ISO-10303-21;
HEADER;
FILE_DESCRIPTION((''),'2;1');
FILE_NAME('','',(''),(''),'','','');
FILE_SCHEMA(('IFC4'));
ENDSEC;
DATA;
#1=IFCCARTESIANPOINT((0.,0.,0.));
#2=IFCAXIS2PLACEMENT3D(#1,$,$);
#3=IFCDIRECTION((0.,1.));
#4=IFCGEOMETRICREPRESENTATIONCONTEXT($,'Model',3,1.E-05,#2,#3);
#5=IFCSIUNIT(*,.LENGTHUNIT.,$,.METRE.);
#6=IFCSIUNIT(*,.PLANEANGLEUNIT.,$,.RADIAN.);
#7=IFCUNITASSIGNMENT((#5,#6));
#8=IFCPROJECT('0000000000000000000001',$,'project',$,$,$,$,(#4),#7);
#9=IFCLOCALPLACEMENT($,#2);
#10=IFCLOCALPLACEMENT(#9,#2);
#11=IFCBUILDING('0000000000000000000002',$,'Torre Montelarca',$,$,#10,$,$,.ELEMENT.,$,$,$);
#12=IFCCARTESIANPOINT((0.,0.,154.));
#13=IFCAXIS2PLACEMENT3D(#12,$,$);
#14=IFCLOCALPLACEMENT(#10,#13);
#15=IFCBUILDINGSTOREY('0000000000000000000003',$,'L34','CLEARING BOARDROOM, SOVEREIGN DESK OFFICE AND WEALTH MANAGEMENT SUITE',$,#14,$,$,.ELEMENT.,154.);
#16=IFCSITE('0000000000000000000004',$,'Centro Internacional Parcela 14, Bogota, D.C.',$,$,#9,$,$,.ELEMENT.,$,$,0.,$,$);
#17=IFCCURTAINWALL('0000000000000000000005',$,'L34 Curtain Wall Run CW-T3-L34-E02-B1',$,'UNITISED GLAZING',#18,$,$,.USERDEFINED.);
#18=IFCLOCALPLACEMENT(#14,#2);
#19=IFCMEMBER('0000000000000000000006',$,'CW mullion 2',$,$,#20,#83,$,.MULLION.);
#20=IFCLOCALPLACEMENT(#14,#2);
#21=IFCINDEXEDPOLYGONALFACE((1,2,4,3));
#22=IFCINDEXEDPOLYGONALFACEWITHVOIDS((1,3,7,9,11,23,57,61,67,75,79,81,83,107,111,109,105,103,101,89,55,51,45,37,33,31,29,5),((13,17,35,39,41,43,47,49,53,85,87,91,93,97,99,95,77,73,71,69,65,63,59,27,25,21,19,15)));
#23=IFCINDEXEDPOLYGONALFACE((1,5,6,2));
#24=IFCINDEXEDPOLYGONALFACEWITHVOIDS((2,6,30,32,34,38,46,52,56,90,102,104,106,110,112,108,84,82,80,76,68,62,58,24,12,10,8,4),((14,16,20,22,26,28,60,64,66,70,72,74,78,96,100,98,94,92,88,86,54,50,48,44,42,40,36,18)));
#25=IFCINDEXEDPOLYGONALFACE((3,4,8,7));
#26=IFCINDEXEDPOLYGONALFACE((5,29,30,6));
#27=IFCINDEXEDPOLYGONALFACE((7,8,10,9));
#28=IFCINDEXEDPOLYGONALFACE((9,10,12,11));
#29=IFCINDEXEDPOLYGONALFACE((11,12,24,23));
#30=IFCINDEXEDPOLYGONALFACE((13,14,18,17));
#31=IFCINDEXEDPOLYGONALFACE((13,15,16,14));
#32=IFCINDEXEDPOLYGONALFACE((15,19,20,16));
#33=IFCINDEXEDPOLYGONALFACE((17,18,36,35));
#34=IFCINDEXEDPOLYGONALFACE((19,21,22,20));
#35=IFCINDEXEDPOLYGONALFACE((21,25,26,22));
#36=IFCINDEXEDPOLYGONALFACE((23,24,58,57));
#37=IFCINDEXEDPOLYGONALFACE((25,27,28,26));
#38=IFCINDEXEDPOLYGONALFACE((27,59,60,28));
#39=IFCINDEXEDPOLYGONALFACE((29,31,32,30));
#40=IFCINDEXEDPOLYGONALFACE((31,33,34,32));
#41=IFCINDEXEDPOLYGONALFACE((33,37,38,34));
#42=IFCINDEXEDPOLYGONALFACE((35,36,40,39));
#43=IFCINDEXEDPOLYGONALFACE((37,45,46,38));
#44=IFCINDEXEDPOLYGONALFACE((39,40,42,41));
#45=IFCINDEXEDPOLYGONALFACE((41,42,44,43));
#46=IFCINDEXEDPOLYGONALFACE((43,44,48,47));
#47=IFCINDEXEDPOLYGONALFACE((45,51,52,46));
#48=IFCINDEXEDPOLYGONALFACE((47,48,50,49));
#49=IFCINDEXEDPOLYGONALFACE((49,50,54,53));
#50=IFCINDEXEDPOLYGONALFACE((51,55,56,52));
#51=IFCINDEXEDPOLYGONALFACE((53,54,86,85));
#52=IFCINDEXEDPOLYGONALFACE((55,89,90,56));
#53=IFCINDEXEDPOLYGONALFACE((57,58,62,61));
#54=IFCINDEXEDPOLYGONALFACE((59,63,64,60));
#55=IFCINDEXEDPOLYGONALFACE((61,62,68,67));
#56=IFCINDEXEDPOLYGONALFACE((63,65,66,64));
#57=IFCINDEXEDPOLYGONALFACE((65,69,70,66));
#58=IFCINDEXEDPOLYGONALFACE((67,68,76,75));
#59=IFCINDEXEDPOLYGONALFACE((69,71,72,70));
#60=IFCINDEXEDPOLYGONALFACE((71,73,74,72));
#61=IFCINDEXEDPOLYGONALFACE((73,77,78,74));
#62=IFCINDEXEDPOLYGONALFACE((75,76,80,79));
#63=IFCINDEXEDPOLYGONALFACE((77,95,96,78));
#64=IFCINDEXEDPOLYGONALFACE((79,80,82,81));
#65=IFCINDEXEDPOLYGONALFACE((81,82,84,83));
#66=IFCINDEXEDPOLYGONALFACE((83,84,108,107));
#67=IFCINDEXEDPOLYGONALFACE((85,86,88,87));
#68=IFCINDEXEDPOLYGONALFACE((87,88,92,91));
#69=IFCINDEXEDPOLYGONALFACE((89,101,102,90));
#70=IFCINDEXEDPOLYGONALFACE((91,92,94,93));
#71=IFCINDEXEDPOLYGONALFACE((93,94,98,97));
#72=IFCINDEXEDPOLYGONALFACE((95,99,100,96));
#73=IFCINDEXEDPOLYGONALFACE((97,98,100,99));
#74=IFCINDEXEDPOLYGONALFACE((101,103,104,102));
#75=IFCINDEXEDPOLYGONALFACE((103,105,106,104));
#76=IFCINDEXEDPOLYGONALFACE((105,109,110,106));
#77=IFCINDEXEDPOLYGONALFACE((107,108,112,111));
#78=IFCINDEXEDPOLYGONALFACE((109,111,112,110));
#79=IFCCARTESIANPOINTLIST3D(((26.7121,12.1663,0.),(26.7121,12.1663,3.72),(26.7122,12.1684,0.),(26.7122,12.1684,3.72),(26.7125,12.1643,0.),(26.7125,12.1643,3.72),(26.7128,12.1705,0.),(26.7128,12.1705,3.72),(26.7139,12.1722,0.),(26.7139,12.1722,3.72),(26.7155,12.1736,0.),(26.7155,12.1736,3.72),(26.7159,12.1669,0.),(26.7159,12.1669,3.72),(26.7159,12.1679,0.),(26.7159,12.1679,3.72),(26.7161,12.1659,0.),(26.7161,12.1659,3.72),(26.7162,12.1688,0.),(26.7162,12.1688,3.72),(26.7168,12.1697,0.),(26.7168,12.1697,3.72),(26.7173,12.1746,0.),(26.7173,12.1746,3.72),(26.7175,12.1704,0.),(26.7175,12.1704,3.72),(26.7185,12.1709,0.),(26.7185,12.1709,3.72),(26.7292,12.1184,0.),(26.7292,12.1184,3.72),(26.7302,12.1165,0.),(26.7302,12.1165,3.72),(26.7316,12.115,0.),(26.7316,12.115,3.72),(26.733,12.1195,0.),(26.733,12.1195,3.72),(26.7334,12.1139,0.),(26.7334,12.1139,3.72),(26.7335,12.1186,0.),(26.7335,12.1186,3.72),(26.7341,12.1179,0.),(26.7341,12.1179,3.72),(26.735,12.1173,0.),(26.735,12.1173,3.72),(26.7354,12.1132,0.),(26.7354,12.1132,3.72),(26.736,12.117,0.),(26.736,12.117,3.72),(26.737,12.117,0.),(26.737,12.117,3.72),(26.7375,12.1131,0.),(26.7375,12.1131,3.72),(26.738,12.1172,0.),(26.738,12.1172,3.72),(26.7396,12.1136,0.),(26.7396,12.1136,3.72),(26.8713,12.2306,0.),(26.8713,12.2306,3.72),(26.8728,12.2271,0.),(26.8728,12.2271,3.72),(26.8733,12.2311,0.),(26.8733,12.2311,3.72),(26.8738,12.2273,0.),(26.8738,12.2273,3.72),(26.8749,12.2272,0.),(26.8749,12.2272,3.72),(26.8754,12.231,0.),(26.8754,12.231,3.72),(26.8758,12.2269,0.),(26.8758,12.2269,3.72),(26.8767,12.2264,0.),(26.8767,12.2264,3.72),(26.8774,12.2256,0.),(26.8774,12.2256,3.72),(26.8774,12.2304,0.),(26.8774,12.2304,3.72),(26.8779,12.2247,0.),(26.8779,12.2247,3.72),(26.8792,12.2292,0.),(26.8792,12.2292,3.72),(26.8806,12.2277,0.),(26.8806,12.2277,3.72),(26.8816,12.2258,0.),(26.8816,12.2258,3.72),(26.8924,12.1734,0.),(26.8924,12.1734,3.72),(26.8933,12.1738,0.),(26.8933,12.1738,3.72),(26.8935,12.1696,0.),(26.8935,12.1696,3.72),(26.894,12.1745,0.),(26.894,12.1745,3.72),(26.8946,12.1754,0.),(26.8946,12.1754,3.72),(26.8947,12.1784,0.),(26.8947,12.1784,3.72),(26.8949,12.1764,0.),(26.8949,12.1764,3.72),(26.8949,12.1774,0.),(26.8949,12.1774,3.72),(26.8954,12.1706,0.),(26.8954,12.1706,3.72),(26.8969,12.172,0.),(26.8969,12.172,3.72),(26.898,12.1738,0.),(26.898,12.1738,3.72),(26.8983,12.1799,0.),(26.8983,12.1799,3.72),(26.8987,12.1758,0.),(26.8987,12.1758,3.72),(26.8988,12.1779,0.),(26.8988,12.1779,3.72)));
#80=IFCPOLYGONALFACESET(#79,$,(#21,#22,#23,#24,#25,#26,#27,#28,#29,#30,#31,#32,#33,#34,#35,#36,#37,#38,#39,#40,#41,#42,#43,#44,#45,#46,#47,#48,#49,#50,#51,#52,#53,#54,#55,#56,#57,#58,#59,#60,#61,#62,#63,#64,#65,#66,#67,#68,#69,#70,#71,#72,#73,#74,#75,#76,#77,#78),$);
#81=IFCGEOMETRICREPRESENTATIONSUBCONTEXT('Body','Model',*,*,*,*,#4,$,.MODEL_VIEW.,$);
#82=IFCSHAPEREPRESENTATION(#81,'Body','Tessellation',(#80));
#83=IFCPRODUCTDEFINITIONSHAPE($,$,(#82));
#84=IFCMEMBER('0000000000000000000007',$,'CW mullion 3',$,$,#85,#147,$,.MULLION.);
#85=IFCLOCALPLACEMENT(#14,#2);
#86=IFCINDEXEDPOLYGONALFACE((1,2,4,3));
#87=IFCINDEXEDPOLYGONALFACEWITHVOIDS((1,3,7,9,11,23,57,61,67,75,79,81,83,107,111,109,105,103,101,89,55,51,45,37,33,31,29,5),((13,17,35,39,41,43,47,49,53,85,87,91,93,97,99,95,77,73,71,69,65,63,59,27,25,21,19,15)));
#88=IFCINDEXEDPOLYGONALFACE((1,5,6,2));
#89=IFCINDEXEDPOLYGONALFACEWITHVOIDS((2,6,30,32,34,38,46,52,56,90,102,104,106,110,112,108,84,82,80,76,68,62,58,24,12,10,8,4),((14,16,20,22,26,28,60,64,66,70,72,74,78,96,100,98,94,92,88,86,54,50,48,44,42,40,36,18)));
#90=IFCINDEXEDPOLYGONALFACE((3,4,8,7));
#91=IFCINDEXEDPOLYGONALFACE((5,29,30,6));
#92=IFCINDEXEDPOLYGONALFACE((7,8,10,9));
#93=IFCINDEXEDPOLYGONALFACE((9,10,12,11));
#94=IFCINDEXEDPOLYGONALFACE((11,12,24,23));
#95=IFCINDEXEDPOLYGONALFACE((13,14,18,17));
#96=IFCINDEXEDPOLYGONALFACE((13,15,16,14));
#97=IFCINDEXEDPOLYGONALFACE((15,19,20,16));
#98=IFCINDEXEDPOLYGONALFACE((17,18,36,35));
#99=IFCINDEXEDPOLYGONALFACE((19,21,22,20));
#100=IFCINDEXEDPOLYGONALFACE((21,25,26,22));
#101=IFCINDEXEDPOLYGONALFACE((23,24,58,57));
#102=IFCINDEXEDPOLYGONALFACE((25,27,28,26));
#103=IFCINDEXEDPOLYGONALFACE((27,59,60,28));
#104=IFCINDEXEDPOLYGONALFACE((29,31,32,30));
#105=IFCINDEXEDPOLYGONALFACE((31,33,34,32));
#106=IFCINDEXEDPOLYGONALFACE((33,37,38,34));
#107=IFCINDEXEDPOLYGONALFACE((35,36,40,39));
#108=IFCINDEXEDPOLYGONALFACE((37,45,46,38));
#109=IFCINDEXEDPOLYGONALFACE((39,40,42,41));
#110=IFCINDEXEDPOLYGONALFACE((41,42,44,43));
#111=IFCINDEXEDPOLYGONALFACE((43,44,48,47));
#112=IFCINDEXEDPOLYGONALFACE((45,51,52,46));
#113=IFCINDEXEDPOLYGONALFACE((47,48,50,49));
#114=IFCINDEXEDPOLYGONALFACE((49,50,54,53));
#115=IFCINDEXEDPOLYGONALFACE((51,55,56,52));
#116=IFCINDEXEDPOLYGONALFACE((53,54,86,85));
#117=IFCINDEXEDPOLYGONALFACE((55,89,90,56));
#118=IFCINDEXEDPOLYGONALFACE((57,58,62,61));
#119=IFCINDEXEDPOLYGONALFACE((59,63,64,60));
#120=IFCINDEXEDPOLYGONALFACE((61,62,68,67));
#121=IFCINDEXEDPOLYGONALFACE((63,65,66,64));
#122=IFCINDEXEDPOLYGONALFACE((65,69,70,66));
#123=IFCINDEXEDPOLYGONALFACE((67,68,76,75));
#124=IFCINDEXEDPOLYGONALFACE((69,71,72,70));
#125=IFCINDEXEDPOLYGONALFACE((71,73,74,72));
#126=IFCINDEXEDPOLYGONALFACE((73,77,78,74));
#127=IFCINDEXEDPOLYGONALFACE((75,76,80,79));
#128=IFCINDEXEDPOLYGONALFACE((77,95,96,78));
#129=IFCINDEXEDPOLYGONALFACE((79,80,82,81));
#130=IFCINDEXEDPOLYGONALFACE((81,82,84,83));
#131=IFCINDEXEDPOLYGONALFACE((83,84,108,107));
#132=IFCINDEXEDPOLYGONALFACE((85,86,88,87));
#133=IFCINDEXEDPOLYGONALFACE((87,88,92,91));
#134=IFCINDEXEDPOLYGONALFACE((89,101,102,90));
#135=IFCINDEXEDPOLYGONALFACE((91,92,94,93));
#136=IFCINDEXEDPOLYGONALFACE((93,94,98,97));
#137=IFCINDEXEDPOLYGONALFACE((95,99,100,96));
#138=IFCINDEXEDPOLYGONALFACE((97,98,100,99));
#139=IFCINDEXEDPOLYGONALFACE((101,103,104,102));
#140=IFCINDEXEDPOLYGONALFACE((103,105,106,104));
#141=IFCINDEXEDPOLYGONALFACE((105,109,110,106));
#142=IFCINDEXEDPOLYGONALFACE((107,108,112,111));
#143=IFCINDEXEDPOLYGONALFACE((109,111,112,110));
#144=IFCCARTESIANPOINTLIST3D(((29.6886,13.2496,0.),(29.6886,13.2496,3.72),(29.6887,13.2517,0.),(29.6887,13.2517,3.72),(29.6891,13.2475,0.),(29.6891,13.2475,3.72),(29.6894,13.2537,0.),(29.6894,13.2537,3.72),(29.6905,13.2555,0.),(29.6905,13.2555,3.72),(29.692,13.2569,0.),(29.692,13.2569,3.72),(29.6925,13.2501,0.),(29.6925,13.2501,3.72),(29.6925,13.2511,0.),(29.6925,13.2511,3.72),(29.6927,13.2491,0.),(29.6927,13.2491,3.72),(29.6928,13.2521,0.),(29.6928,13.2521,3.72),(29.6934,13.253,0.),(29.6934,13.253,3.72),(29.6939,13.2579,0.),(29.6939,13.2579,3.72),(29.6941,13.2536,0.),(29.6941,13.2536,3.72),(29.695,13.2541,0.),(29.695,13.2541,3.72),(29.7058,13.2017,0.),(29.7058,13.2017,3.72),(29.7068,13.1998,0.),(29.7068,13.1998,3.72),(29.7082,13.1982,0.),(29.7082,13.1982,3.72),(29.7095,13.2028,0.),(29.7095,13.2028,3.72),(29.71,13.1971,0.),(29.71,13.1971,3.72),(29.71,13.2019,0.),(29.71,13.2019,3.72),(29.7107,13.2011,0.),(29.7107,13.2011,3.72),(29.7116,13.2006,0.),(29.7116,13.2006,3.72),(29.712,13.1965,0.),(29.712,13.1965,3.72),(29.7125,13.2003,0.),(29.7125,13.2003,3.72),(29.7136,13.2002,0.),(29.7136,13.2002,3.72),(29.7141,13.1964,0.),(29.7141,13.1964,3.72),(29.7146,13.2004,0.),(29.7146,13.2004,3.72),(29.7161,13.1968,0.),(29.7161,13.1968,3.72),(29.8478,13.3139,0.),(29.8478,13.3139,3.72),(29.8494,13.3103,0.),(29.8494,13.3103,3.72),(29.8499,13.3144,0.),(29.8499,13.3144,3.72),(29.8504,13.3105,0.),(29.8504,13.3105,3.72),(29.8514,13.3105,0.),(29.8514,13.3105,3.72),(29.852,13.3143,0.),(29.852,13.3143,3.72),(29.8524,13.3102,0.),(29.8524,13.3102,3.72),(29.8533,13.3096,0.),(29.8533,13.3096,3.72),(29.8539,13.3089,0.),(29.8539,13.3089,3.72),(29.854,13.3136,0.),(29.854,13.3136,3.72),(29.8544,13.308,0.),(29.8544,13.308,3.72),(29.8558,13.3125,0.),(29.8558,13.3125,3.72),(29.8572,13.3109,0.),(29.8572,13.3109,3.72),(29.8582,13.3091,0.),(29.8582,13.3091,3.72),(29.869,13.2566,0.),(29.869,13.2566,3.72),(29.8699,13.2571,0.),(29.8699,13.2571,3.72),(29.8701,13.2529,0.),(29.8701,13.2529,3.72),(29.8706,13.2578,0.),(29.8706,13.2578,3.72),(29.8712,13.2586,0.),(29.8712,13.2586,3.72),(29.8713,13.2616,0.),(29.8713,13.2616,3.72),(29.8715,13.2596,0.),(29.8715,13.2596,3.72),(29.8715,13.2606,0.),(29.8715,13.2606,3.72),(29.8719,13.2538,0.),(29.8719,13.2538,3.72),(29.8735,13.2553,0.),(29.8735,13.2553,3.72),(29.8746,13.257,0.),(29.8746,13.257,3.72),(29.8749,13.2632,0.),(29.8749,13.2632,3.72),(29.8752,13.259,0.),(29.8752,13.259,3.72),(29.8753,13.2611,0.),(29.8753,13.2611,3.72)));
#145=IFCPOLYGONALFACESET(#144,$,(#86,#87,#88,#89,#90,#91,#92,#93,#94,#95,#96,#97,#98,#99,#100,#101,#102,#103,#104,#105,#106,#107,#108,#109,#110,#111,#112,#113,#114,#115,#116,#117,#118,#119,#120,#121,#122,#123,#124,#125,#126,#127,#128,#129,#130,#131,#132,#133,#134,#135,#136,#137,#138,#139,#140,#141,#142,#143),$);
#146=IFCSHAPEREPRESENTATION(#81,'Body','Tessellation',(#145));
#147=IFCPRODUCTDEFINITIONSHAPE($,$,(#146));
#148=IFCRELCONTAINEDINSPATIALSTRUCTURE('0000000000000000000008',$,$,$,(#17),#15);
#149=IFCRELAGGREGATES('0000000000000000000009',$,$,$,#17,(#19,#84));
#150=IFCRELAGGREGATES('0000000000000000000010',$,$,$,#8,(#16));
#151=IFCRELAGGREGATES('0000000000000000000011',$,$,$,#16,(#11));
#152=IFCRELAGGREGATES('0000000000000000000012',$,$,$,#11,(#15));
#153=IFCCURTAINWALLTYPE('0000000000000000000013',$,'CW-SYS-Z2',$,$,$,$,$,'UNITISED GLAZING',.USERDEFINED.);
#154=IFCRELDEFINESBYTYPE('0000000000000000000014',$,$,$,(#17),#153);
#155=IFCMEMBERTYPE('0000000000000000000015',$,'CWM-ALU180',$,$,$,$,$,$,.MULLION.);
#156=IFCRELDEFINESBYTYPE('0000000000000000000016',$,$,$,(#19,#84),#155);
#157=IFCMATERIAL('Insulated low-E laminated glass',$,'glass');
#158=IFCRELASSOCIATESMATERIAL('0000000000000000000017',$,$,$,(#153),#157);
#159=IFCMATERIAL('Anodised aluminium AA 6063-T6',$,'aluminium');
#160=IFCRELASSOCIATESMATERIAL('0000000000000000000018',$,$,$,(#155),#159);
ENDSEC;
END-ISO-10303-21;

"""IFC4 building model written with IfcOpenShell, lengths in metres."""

from ifc_helpers import new_model, si_unit, direction, frame, origin, origin_2d, place, context, subcontext, project, spatial, hollow_rectangle, extrude, source, transform, mapped, material, material_profile, profile_set, type_object, element, aggregate, save


model = new_model("IFC4")

# Units and contexts
model_context = context("Model", 3, precision=1e-05, world=origin(), true_north=direction((0.0, 1.0)))
body_context = subcontext(model_context, "Body", "Model", "MODEL_VIEW")
ifc_project = project(units=[si_unit("LENGTHUNIT", "METRE"), si_unit("PLANEANGLEUNIT", "RADIAN")], contexts=[model_context])

# Site, building, storey
site_placement = place(None, origin())
site = spatial("IfcSite", under=ifc_project, at=site_placement, Name="Centro Internacional Parcela 14, Bogota, D.C.", CompositionType="ELEMENT", RefElevation=0.0)
building_placement = place(site_placement, origin())
building = spatial("IfcBuilding", under=site, at=building_placement, Name="Torre Montelarca", CompositionType="ELEMENT")
storey_placement = place(building_placement, frame((0.0, 0.0, 154.0)))
storey = spatial("IfcBuildingStorey", under=building, at=storey_placement, Name="L34", Description="CLEARING BOARDROOM, SOVEREIGN DESK OFFICE AND WEALTH MANAGEMENT SUITE", CompositionType="ELEMENT", Elevation=154.0)

# Curtain wall
ifc_material_1 = material(Name="Insulated low-E laminated glass", Category="glass")
curtain_wall_type = type_object("IfcCurtainWallType", Name="CW-SYS-Z2", ElementType="UNITISED GLAZING", PredefinedType="USERDEFINED", material=ifc_material_1)
curtain_wall_1_placement = place(storey_placement, origin())
curtain_wall_1 = element("IfcCurtainWall", 1, at=curtain_wall_1_placement, inside=storey, type_object=curtain_wall_type, Name="L34 Curtain Wall Run CW-T3-L34-E02-B1", ObjectType="UNITISED GLAZING", PredefinedType="USERDEFINED")
ifc_material_2 = material(Name="Anodised aluminium AA 6063-T6", Category="aluminium")

# Shared definitions
ifc_material_profile_1 = material_profile(ifc_material_2, hollow_rectangle(XDim=0.0649, YDim=0.1799, WallThickness=0.0039, InnerFilletRadius=0.0039, OuterFilletRadius=0.0081, at=origin_2d()), Name="ALU65X180X4", Category="aluminium")
ifc_profile_set_1 = profile_set([ifc_material_profile_1], Name="Anodised aluminium AA 6063-T6")
member_type_1 = type_object("IfcMemberType", Name="CWM-ALU180", PredefinedType="MULLION", material=ifc_profile_set_1)
shared_shape_1 = source(origin(), body_context, "Body", "SweptSolid", [
    extrude(hollow_rectangle(XDim=0.0649, YDim=0.1799, WallThickness=0.0039, InnerFilletRadius=0.0039, OuterFilletRadius=0.0081, at=origin_2d()), origin(), (0.0, 0.0, 1.0), 3.72),
])

# Members
member_1_placement = place(storey_placement, frame((26.8054, 12.1721, 0.0), z_axis=(0.0, 0.0, 1.0), x_axis=(-0.342018, 0.939693, 0.0)))
member_1 = element("IfcMember", 2, at=member_1_placement, type_object=member_type_1, Name="CW mullion 2", PredefinedType="MULLION", context=body_context, shape_type="MappedRepresentation", body=[
    mapped(shared_shape_1, transform((0.0, 0.0, 0.0), scale=1.0)),
])
member_2_placement = place(storey_placement, frame((29.782, 13.2554, 0.0), z_axis=(0.0, 0.0, 1.0), x_axis=(-0.342018, 0.939693, 0.0)))
member_2 = element("IfcMember", 3, at=member_2_placement, type_object=member_type_1, Name="CW mullion 3", PredefinedType="MULLION", context=body_context, shape_type="MappedRepresentation", body=[
    mapped(shared_shape_1, transform((0.0, 0.0, 0.0), scale=1.0)),
])

aggregate(curtain_wall_1, [member_1, member_2])

save(model, "model.ifc")
